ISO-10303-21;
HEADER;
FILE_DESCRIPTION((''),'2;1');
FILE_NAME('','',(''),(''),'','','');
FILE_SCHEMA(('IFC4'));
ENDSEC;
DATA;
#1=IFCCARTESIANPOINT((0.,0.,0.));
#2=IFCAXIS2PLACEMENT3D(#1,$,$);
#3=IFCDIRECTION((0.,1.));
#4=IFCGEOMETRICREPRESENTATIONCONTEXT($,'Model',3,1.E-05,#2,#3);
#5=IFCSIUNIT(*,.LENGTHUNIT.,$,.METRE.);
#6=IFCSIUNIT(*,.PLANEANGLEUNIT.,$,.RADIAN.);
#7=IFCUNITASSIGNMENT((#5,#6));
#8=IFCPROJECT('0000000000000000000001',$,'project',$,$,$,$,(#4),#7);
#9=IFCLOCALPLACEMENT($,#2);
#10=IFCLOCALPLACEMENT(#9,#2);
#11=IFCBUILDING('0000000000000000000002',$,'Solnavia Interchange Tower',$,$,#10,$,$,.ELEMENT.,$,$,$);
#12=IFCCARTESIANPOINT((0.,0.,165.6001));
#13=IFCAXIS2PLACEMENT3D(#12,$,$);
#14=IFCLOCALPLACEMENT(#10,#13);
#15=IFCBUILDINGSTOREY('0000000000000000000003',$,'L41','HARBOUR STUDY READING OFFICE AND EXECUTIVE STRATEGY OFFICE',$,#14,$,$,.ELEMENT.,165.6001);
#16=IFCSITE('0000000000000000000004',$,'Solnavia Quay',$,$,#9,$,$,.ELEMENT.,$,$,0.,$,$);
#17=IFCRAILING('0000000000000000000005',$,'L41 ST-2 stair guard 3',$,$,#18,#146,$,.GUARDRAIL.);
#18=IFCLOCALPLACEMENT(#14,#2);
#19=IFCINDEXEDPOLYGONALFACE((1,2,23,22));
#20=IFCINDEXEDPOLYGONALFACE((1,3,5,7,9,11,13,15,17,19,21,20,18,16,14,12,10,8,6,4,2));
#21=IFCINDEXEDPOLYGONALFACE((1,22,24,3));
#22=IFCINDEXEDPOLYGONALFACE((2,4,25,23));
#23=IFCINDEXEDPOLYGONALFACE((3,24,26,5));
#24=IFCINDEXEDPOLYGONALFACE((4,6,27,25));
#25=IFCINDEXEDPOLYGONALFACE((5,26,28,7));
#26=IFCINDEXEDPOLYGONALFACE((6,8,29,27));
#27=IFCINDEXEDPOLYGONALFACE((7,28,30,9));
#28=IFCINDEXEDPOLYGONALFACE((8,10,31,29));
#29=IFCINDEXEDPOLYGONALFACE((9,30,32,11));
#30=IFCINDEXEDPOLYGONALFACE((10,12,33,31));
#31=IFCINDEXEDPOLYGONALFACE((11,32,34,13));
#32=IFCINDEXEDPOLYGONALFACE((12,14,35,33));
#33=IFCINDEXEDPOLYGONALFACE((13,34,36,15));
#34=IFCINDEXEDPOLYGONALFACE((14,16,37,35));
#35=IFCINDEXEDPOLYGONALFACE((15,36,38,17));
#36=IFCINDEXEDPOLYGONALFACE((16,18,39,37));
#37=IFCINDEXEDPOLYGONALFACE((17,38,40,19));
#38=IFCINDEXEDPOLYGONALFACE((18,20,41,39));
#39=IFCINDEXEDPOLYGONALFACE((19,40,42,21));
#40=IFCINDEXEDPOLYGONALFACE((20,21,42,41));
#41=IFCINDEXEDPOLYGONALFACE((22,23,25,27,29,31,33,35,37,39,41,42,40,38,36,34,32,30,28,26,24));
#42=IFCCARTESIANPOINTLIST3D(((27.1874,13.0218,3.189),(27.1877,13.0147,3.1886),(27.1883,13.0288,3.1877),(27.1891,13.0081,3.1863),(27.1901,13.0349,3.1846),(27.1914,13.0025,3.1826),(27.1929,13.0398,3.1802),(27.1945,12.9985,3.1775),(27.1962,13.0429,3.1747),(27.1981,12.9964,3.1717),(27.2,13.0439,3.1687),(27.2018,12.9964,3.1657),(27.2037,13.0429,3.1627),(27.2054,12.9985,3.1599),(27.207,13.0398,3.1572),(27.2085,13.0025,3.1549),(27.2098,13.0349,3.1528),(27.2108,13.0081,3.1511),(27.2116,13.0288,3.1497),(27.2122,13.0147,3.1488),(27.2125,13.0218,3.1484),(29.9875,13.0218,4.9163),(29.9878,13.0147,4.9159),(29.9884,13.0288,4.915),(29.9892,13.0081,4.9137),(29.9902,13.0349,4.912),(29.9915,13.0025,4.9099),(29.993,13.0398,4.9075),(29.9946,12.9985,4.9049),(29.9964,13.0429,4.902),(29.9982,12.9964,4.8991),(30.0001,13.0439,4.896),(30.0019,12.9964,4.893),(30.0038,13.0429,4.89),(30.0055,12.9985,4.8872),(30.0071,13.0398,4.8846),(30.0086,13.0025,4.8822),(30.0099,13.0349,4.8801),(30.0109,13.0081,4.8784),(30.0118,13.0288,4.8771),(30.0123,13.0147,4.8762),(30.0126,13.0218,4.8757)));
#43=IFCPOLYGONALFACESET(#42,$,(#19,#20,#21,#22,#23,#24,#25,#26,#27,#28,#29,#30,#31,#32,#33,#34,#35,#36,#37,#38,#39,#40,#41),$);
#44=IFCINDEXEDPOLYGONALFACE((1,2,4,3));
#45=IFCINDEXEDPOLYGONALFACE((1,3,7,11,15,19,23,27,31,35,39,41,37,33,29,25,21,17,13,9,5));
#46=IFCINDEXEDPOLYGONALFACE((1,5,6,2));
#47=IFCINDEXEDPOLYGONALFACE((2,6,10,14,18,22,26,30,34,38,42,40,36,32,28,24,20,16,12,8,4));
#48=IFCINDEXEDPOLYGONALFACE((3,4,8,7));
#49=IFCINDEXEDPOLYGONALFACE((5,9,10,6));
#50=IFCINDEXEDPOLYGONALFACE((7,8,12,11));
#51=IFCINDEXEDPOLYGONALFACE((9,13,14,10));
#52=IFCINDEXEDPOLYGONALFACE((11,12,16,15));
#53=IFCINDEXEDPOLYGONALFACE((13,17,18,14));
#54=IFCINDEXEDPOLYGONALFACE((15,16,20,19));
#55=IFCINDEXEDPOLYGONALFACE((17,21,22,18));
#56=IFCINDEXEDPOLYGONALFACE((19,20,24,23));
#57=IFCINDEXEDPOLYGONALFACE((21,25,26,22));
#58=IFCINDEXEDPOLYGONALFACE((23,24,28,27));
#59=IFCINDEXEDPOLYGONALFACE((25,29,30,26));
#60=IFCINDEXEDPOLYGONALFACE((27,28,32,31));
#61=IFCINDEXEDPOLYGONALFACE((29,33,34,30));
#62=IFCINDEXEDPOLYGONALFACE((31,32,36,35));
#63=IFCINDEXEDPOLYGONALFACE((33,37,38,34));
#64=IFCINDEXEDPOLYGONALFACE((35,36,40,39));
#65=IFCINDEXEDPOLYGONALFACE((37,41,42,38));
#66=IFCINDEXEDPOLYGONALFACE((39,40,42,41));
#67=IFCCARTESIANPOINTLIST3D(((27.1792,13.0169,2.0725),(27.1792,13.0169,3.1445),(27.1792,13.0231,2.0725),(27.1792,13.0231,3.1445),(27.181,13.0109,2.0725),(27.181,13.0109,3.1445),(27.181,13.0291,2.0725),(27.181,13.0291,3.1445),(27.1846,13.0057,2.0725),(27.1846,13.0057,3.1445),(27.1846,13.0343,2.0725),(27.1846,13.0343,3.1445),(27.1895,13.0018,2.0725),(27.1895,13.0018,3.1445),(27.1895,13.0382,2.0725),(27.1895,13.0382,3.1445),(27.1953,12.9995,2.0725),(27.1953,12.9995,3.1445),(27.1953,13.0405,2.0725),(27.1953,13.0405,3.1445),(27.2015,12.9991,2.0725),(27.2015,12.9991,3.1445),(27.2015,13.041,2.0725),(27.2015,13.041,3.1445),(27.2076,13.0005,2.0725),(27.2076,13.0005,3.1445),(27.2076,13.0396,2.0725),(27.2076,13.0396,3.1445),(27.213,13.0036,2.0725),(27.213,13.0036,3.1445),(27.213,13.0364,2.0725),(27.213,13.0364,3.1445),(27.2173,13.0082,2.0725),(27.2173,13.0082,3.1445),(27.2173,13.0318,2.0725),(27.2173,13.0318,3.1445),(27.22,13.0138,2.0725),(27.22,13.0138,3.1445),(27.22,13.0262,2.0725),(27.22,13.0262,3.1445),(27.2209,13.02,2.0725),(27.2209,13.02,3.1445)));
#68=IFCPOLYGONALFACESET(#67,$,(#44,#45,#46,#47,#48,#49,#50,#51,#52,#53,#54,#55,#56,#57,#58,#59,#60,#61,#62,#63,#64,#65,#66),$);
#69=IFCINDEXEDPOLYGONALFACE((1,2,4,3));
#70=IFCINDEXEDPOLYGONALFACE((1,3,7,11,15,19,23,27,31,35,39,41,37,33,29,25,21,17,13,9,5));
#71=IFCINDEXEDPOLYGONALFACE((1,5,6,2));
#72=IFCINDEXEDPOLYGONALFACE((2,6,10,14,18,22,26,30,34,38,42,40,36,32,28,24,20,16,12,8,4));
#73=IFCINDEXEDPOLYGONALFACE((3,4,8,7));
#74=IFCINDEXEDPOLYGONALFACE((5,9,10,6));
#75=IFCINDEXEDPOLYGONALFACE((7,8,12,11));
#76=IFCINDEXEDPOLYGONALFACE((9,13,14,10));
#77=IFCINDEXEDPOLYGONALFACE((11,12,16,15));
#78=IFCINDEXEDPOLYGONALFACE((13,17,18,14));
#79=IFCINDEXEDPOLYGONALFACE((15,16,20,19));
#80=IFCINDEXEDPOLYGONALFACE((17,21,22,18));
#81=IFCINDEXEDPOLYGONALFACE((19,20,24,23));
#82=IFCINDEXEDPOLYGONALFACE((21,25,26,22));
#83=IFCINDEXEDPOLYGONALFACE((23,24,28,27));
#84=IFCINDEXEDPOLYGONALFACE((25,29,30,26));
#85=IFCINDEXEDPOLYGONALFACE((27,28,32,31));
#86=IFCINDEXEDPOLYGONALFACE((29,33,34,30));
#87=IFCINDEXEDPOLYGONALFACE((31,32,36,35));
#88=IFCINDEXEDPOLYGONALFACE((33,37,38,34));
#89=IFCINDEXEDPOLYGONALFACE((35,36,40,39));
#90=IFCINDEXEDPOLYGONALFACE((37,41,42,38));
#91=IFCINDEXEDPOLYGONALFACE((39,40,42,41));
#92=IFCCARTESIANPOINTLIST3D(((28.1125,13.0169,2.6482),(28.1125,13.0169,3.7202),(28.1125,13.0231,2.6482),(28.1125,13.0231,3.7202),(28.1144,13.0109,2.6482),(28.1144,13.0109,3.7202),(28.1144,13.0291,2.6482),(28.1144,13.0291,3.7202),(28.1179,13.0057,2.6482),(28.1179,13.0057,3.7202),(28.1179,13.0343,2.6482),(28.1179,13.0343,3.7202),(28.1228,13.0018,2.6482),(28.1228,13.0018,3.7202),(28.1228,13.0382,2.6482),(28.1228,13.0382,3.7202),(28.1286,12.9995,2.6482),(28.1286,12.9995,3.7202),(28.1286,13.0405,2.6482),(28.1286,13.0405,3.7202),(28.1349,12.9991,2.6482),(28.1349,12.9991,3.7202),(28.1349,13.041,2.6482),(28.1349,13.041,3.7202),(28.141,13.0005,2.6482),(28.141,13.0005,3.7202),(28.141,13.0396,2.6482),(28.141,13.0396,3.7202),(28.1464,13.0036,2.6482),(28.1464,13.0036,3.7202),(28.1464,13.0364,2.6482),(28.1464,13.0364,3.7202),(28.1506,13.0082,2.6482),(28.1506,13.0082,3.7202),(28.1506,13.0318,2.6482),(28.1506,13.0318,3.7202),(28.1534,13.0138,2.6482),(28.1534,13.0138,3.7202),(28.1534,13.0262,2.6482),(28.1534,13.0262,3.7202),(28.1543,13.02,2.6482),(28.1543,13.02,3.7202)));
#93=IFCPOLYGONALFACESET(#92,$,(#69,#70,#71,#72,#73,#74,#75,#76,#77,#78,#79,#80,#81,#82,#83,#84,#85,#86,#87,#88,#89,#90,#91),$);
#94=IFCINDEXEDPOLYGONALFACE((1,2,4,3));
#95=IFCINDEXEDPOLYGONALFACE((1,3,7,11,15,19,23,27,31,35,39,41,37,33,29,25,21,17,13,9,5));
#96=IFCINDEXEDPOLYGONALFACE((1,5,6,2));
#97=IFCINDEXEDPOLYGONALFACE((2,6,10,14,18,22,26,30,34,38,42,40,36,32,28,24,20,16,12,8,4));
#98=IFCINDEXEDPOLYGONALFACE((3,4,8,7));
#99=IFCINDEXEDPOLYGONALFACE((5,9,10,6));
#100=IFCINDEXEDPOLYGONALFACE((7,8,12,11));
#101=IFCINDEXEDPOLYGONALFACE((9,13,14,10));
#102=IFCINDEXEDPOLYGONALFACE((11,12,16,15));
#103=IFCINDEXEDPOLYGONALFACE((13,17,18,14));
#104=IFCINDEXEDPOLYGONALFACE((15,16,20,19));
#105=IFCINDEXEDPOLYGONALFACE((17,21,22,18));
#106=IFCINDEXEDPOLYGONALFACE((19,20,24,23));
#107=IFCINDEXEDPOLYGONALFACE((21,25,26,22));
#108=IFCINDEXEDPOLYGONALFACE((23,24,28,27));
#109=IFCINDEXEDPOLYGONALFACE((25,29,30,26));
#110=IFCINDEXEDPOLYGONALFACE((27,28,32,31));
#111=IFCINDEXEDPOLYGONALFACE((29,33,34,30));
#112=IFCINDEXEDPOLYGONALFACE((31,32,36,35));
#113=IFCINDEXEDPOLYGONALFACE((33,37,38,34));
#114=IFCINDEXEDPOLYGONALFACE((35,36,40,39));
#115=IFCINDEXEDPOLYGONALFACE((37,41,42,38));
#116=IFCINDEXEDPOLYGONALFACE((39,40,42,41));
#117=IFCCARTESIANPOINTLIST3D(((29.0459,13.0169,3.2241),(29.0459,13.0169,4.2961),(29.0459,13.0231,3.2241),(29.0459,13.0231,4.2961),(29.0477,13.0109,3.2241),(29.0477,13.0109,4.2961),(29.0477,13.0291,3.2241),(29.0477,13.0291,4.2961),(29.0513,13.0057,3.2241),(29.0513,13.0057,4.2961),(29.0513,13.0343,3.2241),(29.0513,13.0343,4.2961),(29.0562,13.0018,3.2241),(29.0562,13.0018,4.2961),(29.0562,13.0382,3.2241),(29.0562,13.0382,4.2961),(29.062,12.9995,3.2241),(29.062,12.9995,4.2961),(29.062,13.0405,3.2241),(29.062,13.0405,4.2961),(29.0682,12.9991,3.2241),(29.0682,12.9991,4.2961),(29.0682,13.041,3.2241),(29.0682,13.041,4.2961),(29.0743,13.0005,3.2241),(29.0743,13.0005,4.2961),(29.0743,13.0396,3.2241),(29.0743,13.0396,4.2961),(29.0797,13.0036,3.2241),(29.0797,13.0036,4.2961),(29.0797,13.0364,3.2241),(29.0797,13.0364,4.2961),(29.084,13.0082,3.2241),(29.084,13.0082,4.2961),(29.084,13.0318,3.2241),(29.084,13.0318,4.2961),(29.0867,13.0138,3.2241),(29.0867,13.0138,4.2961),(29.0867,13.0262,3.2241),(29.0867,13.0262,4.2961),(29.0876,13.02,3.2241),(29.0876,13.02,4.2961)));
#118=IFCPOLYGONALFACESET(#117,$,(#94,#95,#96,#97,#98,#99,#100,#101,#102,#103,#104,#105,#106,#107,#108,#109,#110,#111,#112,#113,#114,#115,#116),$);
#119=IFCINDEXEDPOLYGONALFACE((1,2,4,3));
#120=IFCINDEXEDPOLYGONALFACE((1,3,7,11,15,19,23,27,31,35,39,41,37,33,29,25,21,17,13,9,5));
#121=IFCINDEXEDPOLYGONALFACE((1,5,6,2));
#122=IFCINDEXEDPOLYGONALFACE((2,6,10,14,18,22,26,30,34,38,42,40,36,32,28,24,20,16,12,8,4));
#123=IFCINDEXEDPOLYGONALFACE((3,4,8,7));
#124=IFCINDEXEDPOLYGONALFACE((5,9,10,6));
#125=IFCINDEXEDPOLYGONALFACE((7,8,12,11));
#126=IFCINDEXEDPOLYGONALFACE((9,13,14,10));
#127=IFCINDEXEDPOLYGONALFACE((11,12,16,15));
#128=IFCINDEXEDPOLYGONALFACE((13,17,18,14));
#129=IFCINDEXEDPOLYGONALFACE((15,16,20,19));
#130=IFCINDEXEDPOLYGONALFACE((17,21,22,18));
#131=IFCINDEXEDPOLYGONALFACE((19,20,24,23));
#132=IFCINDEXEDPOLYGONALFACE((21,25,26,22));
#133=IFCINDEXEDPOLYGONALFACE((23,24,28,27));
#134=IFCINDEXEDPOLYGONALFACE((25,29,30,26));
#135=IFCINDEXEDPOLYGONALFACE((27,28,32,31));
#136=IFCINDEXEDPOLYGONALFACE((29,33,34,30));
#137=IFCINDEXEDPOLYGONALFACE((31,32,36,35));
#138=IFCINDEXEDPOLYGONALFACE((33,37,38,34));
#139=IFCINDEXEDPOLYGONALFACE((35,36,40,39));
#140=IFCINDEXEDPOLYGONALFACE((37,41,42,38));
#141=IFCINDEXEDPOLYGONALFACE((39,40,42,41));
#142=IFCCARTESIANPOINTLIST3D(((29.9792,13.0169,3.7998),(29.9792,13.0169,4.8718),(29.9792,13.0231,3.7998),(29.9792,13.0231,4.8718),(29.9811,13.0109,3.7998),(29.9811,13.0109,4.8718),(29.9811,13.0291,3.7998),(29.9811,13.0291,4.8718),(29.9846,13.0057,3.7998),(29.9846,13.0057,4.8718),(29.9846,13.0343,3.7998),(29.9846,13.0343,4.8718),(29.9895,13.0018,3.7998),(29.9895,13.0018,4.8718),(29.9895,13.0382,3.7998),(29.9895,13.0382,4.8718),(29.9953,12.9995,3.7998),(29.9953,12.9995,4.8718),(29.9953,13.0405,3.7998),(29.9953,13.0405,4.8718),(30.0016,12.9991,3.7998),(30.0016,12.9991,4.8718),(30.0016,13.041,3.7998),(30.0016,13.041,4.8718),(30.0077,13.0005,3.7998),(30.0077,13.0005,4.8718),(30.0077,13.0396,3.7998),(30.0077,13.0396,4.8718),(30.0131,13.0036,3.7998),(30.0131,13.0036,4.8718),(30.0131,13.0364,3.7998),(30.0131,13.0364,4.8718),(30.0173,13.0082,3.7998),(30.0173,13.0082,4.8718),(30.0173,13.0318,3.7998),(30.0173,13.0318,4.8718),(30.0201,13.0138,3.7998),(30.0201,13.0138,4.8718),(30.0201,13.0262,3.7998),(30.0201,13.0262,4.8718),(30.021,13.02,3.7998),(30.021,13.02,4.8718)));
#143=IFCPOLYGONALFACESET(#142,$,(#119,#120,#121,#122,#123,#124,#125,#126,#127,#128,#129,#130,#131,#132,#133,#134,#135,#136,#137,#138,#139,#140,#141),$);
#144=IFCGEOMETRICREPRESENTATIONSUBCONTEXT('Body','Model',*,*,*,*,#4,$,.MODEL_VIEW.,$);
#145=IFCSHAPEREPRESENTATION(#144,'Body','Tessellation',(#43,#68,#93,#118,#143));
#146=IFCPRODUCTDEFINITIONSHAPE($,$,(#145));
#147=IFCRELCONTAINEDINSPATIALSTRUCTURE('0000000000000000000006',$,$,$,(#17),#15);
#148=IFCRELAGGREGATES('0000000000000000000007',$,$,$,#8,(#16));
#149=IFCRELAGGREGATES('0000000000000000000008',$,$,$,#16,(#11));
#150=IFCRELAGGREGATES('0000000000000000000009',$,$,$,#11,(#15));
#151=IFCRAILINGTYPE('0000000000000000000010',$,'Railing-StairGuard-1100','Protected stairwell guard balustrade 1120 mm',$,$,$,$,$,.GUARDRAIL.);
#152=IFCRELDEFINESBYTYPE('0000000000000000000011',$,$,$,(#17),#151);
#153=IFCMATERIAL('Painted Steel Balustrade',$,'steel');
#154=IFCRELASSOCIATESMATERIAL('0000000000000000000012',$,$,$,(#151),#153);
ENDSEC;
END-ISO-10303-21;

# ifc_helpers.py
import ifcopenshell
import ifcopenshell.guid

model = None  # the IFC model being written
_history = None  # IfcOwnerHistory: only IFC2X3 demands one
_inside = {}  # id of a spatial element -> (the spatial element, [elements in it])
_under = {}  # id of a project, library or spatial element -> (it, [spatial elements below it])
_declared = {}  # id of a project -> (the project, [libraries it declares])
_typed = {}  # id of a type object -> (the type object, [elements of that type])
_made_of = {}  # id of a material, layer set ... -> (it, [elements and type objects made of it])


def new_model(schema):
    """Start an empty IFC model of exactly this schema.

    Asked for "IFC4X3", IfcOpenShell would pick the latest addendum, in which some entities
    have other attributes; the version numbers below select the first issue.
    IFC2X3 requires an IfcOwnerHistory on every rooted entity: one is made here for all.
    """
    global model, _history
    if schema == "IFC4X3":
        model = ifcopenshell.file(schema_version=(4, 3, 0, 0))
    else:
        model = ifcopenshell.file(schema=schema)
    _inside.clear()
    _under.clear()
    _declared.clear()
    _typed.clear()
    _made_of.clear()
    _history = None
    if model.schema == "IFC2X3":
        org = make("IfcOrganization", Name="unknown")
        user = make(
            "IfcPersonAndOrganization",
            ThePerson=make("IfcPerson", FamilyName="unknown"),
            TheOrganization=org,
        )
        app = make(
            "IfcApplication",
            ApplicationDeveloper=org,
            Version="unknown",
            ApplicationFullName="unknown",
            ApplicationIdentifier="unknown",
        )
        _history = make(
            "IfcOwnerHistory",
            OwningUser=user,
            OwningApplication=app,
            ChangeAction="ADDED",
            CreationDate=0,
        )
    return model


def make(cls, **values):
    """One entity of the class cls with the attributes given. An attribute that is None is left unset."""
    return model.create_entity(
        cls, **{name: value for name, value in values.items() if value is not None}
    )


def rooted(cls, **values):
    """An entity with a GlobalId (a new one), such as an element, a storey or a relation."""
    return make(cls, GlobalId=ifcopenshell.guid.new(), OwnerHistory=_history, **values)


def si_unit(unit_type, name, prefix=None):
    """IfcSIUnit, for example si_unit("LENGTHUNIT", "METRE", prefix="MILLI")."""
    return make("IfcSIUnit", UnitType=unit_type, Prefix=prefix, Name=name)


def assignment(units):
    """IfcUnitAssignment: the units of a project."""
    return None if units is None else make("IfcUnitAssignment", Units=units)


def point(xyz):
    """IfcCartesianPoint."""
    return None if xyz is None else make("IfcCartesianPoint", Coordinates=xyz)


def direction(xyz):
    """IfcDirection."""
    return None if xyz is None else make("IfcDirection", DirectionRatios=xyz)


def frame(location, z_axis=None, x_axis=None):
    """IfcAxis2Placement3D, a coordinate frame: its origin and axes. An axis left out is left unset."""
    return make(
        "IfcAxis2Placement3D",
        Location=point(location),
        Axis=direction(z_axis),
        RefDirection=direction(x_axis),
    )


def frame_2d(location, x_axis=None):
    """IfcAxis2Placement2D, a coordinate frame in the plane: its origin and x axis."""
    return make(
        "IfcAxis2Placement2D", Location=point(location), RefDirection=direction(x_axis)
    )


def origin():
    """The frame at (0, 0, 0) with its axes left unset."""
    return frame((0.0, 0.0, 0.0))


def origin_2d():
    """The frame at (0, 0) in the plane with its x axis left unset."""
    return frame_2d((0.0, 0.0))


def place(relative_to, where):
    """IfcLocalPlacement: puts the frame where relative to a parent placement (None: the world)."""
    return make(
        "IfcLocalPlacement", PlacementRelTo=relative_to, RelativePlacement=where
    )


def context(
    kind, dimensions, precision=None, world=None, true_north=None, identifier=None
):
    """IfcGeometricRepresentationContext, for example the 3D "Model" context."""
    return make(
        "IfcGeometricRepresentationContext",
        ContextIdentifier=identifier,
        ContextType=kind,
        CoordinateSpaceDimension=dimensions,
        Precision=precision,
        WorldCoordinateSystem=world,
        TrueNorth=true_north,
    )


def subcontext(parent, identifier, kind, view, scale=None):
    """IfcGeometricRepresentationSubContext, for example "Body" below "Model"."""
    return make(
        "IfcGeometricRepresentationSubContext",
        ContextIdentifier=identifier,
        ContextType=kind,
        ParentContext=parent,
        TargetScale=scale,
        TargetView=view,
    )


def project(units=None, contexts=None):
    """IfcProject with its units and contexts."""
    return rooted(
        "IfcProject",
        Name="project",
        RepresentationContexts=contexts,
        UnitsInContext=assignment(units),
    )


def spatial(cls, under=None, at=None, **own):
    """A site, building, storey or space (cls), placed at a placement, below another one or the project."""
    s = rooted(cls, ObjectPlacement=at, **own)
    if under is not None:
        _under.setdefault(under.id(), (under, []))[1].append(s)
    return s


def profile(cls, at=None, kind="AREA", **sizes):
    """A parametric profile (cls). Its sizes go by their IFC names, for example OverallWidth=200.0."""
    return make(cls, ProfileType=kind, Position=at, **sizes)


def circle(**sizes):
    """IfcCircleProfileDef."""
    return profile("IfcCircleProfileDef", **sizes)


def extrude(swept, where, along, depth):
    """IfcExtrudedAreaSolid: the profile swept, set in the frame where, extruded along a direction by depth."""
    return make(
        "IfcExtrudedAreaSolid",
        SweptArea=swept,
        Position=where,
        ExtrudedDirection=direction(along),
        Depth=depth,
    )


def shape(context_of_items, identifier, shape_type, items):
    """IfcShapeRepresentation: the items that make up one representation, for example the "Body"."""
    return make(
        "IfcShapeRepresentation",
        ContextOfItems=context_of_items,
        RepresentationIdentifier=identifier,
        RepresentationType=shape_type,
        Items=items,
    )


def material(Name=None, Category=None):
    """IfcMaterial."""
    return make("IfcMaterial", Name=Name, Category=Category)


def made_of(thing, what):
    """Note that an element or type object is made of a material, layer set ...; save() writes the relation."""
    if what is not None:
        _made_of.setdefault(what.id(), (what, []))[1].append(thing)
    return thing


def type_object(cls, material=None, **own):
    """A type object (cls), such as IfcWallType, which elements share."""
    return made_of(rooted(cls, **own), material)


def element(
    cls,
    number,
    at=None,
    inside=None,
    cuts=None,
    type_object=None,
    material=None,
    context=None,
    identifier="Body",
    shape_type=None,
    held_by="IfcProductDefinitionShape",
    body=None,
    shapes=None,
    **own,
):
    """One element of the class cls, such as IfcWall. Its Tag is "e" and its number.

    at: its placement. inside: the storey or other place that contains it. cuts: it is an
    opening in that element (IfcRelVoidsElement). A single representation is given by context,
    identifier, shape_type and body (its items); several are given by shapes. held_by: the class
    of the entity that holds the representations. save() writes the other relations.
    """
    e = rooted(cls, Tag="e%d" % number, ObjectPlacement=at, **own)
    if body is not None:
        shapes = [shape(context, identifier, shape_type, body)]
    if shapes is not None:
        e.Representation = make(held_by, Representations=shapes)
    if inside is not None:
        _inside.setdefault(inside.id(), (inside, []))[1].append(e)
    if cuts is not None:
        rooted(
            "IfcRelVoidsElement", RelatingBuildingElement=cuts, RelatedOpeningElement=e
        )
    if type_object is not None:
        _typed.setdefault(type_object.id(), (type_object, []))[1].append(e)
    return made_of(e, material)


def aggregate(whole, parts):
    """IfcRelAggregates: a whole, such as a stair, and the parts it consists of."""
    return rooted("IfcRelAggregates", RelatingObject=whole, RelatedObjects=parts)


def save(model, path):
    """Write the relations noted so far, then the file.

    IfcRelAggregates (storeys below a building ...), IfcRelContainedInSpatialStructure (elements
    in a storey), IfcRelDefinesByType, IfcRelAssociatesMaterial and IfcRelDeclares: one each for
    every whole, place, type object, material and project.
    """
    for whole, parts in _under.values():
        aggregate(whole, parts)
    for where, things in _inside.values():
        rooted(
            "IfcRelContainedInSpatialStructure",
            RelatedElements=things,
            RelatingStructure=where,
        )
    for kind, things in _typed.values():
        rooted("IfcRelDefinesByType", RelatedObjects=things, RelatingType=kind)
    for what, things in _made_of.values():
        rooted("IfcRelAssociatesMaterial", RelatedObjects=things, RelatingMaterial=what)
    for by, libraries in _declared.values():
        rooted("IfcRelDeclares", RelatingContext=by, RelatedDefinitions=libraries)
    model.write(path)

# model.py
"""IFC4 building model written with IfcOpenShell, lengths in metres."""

from ifc_helpers import new_model, si_unit, direction, frame, origin, origin_2d, place, context, subcontext, project, spatial, circle, extrude, material, type_object, element, save


model = new_model("IFC4")

# Units and contexts
model_context = context("Model", 3, precision=1e-05, world=origin(), true_north=direction((0.0, 1.0)))
body_context = subcontext(model_context, "Body", "Model", "MODEL_VIEW")
ifc_project = project(units=[si_unit("LENGTHUNIT", "METRE"), si_unit("PLANEANGLEUNIT", "RADIAN")], contexts=[model_context])

# Site, building, storey
site_placement = place(None, origin())
site = spatial("IfcSite", under=ifc_project, at=site_placement, Name="Solnavia Quay", CompositionType="ELEMENT", RefElevation=0.0)
building_placement = place(site_placement, origin())
building = spatial("IfcBuilding", under=site, at=building_placement, Name="Solnavia Interchange Tower", CompositionType="ELEMENT")
storey_placement = place(building_placement, frame((0.0, 0.0, 165.6001)))
storey = spatial("IfcBuildingStorey", under=building, at=storey_placement, Name="L41", Description="HARBOUR STUDY READING OFFICE AND EXECUTIVE STRATEGY OFFICE", CompositionType="ELEMENT", Elevation=165.6001)

# Railing
ifc_material_1 = material(Name="Painted Steel Balustrade", Category="steel")
railing_type_1 = type_object("IfcRailingType", Name="Railing-StairGuard-1100", Description="Protected stairwell guard balustrade 1120 mm", PredefinedType="GUARDRAIL", material=ifc_material_1)
railing_1_placement = place(storey_placement, frame((27.2, 13.02, 2.0725)))
element("IfcRailing", 1, at=railing_1_placement, inside=storey, type_object=railing_type_1, Name="L41 ST-2 stair guard 3", PredefinedType="GUARDRAIL", context=body_context, shape_type="SweptSolid", body=[
    extrude(circle(Radius=0.0239, at=origin_2d()), frame((0.0, 0.0, 1.0962), z_axis=(0.85109, 0.0, 0.52502), x_axis=(0.0, 1.0, 0.0)), (0.0, 0.0, 1.0), 3.29),
    extrude(circle(Radius=0.021, at=origin_2d()), origin(), (0.0, 0.0, 1.0), 1.072),
    extrude(circle(Radius=0.021, at=origin_2d()), frame((0.9333, 0.0, 0.5757)), (0.0, 0.0, 1.0), 1.072),
    extrude(circle(Radius=0.021, at=origin_2d()), frame((1.8667, 0.0, 1.1516)), (0.0, 0.0, 1.0), 1.072),
    extrude(circle(Radius=0.021, at=origin_2d()), frame((2.8, 0.0, 1.7273)), (0.0, 0.0, 1.0), 1.072),
])

save(model, "model.ifc")
